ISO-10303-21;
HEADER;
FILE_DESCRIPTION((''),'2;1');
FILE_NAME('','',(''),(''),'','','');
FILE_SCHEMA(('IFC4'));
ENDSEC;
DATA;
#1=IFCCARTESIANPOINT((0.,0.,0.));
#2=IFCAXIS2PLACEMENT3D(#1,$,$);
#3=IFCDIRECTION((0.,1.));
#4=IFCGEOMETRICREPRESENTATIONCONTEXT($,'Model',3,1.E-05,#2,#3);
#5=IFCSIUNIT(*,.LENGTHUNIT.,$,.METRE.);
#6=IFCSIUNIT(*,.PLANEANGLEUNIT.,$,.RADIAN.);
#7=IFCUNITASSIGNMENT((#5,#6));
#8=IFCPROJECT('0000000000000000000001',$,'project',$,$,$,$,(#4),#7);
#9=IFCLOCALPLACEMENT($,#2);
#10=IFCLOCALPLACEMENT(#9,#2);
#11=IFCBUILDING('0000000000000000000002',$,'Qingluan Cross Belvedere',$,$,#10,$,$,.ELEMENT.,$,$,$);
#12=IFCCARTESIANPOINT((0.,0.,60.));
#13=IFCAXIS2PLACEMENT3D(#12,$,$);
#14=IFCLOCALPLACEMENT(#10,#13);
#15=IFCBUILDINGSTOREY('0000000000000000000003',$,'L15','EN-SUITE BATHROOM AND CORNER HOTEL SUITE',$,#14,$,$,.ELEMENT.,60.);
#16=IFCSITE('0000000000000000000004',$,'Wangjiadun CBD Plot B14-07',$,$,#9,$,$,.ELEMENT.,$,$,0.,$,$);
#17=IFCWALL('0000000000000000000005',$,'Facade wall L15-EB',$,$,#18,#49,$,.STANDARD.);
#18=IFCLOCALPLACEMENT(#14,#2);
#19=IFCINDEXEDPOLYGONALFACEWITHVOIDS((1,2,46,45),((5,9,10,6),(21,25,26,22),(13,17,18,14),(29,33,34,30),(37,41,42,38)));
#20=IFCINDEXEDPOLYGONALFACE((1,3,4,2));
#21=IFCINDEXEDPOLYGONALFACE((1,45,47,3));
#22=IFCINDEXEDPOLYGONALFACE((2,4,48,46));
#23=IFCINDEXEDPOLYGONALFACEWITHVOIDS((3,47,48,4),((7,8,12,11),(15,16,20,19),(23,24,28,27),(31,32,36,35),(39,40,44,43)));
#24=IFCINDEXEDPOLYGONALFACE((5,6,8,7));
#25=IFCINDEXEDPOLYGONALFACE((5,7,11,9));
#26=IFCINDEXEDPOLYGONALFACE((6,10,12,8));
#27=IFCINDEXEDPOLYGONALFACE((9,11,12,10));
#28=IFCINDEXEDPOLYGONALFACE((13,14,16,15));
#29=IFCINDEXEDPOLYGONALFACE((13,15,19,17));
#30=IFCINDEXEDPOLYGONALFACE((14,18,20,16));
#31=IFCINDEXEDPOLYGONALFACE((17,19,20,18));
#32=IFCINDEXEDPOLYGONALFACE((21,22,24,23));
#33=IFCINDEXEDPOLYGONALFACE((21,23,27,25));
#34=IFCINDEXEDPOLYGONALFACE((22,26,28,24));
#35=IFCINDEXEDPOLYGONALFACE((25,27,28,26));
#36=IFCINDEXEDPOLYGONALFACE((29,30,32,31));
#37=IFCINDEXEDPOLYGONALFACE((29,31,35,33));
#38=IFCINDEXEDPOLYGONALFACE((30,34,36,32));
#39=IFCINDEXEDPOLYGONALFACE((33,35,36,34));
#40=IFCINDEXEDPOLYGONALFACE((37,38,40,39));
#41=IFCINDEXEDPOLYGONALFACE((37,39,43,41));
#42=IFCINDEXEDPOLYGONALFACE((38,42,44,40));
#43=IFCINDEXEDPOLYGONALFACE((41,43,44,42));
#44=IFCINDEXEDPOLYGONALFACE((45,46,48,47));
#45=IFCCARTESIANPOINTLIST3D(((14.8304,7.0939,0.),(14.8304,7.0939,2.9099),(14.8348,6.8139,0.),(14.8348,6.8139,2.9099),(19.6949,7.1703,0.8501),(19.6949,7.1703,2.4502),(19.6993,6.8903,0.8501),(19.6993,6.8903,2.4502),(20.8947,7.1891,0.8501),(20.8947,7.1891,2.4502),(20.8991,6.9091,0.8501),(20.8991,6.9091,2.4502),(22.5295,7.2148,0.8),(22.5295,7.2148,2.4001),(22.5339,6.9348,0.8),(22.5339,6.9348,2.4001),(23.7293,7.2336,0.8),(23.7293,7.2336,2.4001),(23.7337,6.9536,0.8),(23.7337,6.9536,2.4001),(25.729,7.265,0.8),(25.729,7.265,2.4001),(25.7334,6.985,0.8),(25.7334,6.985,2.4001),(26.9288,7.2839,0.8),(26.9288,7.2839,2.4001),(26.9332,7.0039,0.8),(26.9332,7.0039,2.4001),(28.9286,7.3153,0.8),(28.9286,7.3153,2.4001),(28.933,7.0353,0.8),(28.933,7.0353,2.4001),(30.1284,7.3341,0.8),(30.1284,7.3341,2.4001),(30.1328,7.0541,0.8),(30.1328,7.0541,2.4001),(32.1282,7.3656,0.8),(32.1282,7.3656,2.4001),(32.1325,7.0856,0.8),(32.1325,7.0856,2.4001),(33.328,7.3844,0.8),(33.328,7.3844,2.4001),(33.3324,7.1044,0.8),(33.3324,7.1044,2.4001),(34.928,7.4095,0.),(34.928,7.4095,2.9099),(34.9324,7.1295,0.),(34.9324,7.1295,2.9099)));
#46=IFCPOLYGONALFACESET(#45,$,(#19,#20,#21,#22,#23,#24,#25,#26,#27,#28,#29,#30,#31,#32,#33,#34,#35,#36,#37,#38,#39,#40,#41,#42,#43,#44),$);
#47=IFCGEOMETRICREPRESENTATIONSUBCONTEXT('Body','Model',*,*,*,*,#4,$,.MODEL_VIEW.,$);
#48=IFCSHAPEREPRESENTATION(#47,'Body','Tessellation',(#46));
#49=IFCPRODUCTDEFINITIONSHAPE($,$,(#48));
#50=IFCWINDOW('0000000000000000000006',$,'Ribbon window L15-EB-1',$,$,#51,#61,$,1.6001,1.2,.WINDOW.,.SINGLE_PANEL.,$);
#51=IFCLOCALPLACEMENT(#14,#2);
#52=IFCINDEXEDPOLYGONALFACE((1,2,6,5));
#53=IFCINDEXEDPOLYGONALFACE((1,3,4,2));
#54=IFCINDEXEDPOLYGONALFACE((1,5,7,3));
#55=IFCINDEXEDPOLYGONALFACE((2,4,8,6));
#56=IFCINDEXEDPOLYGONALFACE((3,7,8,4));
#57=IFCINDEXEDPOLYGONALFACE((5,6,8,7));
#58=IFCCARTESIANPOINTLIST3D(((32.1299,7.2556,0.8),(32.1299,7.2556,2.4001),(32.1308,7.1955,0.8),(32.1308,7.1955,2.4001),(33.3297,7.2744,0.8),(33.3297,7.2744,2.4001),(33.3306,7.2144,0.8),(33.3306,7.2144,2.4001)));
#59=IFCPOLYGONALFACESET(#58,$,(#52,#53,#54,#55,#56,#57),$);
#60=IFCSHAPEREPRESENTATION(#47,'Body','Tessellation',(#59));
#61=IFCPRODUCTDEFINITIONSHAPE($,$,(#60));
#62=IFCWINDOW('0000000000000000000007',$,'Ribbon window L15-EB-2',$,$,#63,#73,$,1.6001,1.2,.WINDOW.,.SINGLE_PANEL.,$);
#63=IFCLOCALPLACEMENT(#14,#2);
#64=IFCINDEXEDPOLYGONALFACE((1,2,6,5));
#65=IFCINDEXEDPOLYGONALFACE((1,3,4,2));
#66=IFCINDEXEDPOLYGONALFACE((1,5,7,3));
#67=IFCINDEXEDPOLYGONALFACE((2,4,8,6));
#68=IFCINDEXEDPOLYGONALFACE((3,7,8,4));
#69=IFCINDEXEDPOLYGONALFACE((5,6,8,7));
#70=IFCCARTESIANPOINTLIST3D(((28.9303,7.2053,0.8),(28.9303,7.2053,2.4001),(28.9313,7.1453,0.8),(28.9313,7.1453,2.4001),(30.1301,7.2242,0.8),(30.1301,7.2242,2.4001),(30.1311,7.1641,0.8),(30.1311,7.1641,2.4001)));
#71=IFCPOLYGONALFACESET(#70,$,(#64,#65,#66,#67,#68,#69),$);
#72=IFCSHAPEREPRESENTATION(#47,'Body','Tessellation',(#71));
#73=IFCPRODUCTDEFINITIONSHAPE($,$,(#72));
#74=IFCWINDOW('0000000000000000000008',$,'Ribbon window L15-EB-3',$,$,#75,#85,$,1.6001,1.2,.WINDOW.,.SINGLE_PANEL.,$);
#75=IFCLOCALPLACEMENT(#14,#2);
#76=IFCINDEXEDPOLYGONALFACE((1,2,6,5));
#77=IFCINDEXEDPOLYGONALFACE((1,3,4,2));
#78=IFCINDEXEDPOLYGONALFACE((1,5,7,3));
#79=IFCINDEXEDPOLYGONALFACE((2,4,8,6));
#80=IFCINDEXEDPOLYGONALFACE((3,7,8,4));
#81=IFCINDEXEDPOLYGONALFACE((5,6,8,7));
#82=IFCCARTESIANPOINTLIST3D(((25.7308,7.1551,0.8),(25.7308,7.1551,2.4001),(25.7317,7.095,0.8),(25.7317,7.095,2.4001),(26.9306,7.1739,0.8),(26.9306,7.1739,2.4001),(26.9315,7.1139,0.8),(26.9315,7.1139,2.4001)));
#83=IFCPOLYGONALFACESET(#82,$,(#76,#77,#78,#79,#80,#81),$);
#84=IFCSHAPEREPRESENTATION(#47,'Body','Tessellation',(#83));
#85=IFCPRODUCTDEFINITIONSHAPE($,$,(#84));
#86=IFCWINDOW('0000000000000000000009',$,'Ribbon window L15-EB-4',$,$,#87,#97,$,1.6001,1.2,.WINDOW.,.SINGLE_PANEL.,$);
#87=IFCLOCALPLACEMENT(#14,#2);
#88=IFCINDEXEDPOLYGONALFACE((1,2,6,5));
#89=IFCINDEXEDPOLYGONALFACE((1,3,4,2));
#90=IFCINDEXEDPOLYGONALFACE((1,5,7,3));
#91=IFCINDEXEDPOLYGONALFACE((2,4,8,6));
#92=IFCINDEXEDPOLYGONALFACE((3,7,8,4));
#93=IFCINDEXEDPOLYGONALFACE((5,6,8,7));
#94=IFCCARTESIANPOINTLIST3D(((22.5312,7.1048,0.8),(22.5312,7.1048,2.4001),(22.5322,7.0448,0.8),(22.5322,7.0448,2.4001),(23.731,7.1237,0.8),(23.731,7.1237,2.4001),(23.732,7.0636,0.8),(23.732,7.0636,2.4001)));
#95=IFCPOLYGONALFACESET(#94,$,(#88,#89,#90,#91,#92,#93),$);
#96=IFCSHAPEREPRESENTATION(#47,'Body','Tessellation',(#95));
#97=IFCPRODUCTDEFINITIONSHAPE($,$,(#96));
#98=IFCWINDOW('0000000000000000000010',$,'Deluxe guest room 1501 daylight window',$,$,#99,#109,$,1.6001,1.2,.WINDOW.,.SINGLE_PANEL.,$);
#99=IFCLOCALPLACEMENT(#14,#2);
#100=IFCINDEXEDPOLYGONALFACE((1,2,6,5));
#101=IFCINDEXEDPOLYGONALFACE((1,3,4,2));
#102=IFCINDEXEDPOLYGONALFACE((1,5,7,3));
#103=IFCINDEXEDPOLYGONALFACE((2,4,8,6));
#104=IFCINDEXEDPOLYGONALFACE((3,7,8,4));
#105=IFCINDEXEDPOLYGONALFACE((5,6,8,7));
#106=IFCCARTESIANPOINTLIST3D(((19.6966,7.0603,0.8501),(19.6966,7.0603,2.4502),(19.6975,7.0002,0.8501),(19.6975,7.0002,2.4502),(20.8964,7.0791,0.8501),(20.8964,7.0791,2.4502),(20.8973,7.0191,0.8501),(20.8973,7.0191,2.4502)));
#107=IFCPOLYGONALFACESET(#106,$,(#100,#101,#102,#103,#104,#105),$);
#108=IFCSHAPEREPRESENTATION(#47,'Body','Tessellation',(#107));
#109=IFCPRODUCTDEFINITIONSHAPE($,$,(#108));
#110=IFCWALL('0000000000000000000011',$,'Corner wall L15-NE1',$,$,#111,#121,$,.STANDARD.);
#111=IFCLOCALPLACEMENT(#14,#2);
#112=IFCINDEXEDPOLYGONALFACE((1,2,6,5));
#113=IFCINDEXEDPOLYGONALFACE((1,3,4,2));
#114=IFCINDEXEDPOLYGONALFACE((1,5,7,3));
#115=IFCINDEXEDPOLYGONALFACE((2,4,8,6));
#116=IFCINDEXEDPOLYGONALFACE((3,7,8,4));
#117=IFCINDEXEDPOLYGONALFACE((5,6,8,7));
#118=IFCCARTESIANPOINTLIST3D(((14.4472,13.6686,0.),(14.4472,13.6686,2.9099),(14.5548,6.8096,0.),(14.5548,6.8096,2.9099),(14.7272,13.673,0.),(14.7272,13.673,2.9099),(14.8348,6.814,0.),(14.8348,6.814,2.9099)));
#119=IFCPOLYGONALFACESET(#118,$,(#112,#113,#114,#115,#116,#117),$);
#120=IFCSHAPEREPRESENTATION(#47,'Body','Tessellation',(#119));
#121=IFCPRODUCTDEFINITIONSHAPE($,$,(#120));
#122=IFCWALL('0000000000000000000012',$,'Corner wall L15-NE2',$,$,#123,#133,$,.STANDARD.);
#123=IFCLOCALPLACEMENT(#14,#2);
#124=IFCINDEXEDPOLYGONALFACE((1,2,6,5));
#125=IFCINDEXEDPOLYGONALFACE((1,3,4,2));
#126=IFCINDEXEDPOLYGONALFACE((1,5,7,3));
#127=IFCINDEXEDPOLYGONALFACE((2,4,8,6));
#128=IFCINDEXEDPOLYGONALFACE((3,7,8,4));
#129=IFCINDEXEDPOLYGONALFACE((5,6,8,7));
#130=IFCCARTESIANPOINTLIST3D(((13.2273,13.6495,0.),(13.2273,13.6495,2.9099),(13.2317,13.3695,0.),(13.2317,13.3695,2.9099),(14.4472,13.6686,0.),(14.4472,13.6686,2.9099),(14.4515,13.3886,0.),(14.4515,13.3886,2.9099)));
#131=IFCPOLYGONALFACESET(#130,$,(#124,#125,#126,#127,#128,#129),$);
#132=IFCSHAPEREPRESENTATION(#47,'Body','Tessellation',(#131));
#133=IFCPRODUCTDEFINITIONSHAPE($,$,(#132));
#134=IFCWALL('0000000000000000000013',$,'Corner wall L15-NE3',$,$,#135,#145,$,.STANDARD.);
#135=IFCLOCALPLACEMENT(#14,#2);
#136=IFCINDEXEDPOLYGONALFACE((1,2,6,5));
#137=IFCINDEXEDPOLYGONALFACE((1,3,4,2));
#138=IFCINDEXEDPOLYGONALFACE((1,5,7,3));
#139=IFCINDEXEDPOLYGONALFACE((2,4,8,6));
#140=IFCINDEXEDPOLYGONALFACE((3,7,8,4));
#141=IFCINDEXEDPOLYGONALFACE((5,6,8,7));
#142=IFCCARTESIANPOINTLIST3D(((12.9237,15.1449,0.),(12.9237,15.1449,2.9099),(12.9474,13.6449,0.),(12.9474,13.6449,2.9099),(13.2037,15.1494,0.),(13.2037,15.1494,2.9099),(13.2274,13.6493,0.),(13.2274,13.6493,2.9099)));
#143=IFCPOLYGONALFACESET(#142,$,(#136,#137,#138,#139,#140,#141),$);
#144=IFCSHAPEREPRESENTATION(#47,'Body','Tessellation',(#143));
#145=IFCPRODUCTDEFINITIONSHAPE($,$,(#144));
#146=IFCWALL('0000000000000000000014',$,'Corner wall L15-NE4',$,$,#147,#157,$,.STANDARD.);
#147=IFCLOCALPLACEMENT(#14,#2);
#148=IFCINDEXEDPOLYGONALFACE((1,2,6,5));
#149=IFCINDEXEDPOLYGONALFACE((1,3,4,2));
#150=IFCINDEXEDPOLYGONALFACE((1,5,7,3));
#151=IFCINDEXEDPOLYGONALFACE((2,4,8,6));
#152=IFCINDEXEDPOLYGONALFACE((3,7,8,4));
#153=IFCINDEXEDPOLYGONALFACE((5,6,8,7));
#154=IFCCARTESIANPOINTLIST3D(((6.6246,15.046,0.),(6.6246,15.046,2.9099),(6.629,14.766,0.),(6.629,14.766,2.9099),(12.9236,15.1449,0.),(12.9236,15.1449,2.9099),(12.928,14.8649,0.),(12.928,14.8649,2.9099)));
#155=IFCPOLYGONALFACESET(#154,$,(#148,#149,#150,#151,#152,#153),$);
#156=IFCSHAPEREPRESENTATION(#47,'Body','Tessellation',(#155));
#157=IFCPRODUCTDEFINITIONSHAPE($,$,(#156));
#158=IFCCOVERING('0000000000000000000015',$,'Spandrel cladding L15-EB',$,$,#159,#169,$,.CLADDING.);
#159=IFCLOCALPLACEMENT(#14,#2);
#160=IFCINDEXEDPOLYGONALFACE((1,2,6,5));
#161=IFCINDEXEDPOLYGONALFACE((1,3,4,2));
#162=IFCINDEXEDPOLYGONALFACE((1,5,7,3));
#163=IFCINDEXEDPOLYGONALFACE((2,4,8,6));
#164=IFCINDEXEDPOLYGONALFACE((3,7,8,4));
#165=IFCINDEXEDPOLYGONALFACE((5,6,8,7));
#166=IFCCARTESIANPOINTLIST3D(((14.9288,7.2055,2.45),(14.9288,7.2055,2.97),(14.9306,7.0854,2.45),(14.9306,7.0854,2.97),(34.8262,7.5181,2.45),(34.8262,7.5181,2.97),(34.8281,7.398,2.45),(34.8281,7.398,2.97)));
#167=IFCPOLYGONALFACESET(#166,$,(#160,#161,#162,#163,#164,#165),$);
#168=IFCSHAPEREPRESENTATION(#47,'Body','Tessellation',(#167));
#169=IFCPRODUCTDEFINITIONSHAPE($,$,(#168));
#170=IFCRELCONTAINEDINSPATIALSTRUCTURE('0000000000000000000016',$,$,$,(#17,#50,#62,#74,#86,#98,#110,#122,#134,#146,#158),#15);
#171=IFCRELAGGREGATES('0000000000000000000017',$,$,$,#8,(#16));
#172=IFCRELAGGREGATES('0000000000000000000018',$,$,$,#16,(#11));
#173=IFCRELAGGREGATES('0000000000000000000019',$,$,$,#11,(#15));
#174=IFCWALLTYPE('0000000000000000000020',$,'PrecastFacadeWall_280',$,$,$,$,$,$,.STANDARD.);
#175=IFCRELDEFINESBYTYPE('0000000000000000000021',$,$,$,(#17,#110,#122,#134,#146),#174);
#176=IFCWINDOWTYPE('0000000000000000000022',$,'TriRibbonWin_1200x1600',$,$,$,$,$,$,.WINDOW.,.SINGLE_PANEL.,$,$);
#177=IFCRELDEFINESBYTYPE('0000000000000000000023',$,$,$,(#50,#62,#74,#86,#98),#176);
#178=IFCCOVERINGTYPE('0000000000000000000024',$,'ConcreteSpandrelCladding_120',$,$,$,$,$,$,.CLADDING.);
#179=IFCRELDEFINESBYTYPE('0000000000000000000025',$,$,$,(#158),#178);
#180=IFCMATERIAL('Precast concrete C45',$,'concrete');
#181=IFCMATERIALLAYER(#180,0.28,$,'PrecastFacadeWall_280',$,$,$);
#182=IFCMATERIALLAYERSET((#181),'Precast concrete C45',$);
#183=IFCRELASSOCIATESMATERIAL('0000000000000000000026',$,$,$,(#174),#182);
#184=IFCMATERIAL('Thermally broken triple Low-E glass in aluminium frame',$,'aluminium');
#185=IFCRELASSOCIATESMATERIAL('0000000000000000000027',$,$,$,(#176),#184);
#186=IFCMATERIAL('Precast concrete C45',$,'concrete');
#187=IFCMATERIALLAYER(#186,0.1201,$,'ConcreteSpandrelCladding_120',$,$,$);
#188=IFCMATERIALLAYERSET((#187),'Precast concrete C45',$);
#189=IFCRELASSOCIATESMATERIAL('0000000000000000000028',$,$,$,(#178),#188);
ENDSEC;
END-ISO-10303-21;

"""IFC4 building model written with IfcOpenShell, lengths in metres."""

from ifc_helpers import new_model, si_unit, direction, frame, frame_2d, origin, origin_2d, place, context, subcontext, project, spatial, rectangle, extrude, material, layer, layer_set, type_object, element, fill, save


model = new_model("IFC4")

# Units and contexts
model_context = context("Model", 3, precision=1e-05, world=origin(), true_north=direction((0.0, 1.0)))
body_context = subcontext(model_context, "Body", "Model", "MODEL_VIEW")
ifc_project = project(units=[si_unit("LENGTHUNIT", "METRE"), si_unit("PLANEANGLEUNIT", "RADIAN")], contexts=[model_context])

# Site, building, storey
site_placement = place(None, origin())
site = spatial("IfcSite", under=ifc_project, at=site_placement, Name="Wangjiadun CBD Plot B14-07", CompositionType="ELEMENT", RefElevation=0.0)
building_placement = place(site_placement, origin())
building = spatial("IfcBuilding", under=site, at=building_placement, Name="Qingluan Cross Belvedere", CompositionType="ELEMENT")
storey_placement = place(building_placement, frame((0.0, 0.0, 60.0)))
storey = spatial("IfcBuildingStorey", under=building, at=storey_placement, Name="L15", Description="EN-SUITE BATHROOM AND CORNER HOTEL SUITE", CompositionType="ELEMENT", Elevation=60.0)

# Wall, openings, windows
ifc_material_1 = material(Name="Precast concrete C45", Category="concrete")
ifc_layer_1 = layer(ifc_material_1, 0.28, Name="PrecastFacadeWall_280")
ifc_layer_set_1 = layer_set([ifc_layer_1], Name="Precast concrete C45")
wall_type = type_object("IfcWallType", Name="PrecastFacadeWall_280", PredefinedType="STANDARD", material=ifc_layer_set_1)
wall_1_placement = place(storey_placement, frame((34.9302, 7.2695, 0.0), z_axis=(0.0, 0.0, 1.0), x_axis=(-0.999877, -0.015705, 0.0)))
wall_1 = element("IfcWall", 1, at=wall_1_placement, inside=storey, type_object=wall_type, Name="Facade wall L15-EB", PredefinedType="STANDARD", context=body_context, shape_type="SweptSolid", body=[
    extrude(rectangle(XDim=20.1001, YDim=0.28, at=frame_2d((10.05, 0.0))), origin(), (0.0, 0.0, 1.0), 2.9099),
])
opening_1_placement = place(wall_1_placement, frame((1.6001, 0.0, 0.8)))
opening_1 = element("IfcOpeningElement", 2, at=opening_1_placement, cuts=wall_1, PredefinedType="OPENING", context=body_context, shape_type="SweptSolid", body=[
    extrude(rectangle(XDim=1.2, YDim=1.6001, at=frame_2d((0.6001, 0.8))), frame((0.0, 0.1499, 0.0), z_axis=(0.0, -1.0, 0.0), x_axis=(1.0, 0.0, 0.0)), (0.0, 0.0, 1.0), 0.3),
])
opening_2_placement = place(wall_1_placement, frame((4.8, 0.0, 0.8)))
opening_2 = element("IfcOpeningElement", 3, at=opening_2_placement, cuts=wall_1, PredefinedType="OPENING", context=body_context, shape_type="SweptSolid", body=[
    extrude(rectangle(XDim=1.2, YDim=1.6001, at=frame_2d((0.6001, 0.8))), frame((0.0, 0.1499, 0.0), z_axis=(0.0, -1.0, 0.0), x_axis=(1.0, 0.0, 0.0)), (0.0, 0.0, 1.0), 0.3),
])
opening_3_placement = place(wall_1_placement, frame((8.0, 0.0, 0.8)))
opening_3 = element("IfcOpeningElement", 4, at=opening_3_placement, cuts=wall_1, PredefinedType="OPENING", context=body_context, shape_type="SweptSolid", body=[
    extrude(rectangle(XDim=1.2, YDim=1.6001, at=frame_2d((0.6001, 0.8))), frame((0.0, 0.1499, 0.0), z_axis=(0.0, -1.0, 0.0), x_axis=(1.0, 0.0, 0.0)), (0.0, 0.0, 1.0), 0.3),
])
opening_4_placement = place(wall_1_placement, frame((11.2, 0.0, 0.8)))
opening_4 = element("IfcOpeningElement", 5, at=opening_4_placement, cuts=wall_1, PredefinedType="OPENING", context=body_context, shape_type="SweptSolid", body=[
    extrude(rectangle(XDim=1.2, YDim=1.6001, at=frame_2d((0.6001, 0.8))), frame((0.0, 0.1499, 0.0), z_axis=(0.0, -1.0, 0.0), x_axis=(1.0, 0.0, 0.0)), (0.0, 0.0, 1.0), 0.3),
])
opening_5_placement = place(wall_1_placement, frame((14.0349, 0.0, 0.8501)))
opening_5 = element("IfcOpeningElement", 6, at=opening_5_placement, cuts=wall_1, PredefinedType="OPENING", context=body_context, shape_type="SweptSolid", body=[
    extrude(rectangle(XDim=1.2, YDim=1.6001, at=frame_2d((0.6001, 0.8))), frame((0.0, 0.1499, 0.0), z_axis=(0.0, -1.0, 0.0), x_axis=(1.0, 0.0, 0.0)), (0.0, 0.0, 1.0), 0.3),
])
ifc_material_2 = material(Name="Thermally broken triple Low-E glass in aluminium frame", Category="aluminium")
window_type = type_object("IfcWindowType", Name="TriRibbonWin_1200x1600", PartitioningType="SINGLE_PANEL", PredefinedType="WINDOW", material=ifc_material_2)
window_1_placement = place(opening_1_placement, origin())
window_1 = element("IfcWindow", 7, at=window_1_placement, inside=storey, type_object=window_type, Name="Ribbon window L15-EB-1", OverallHeight=1.6001, OverallWidth=1.2, PartitioningType="SINGLE_PANEL", PredefinedType="WINDOW", context=body_context, shape_type="SweptSolid", body=[
    extrude(rectangle(XDim=1.2, YDim=1.6001, at=frame_2d((0.6001, 0.8))), frame((0.0, 0.03, 0.0), z_axis=(0.0, -1.0, 0.0), x_axis=(1.0, 0.0, 0.0)), (0.0, 0.0, 1.0), 0.0601),
])
fill(opening_1, window_1)
window_2_placement = place(opening_2_placement, origin())
window_2 = element("IfcWindow", 8, at=window_2_placement, inside=storey, type_object=window_type, Name="Ribbon window L15-EB-2", OverallHeight=1.6001, OverallWidth=1.2, PartitioningType="SINGLE_PANEL", PredefinedType="WINDOW", context=body_context, shape_type="SweptSolid", body=[
    extrude(rectangle(XDim=1.2, YDim=1.6001, at=frame_2d((0.6001, 0.8))), frame((0.0, 0.03, 0.0), z_axis=(0.0, -1.0, 0.0), x_axis=(1.0, 0.0, 0.0)), (0.0, 0.0, 1.0), 0.0601),
])
fill(opening_2, window_2)
window_3_placement = place(opening_3_placement, origin())
window_3 = element("IfcWindow", 9, at=window_3_placement, inside=storey, type_object=window_type, Name="Ribbon window L15-EB-3", OverallHeight=1.6001, OverallWidth=1.2, PartitioningType="SINGLE_PANEL", PredefinedType="WINDOW", context=body_context, shape_type="SweptSolid", body=[
    extrude(rectangle(XDim=1.2, YDim=1.6001, at=frame_2d((0.6001, 0.8))), frame((0.0, 0.03, 0.0), z_axis=(0.0, -1.0, 0.0), x_axis=(1.0, 0.0, 0.0)), (0.0, 0.0, 1.0), 0.0601),
])
fill(opening_3, window_3)
window_4_placement = place(opening_4_placement, origin())
window_4 = element("IfcWindow", 10, at=window_4_placement, inside=storey, type_object=window_type, Name="Ribbon window L15-EB-4", OverallHeight=1.6001, OverallWidth=1.2, PartitioningType="SINGLE_PANEL", PredefinedType="WINDOW", context=body_context, shape_type="SweptSolid", body=[
    extrude(rectangle(XDim=1.2, YDim=1.6001, at=frame_2d((0.6001, 0.8))), frame((0.0, 0.03, 0.0), z_axis=(0.0, -1.0, 0.0), x_axis=(1.0, 0.0, 0.0)), (0.0, 0.0, 1.0), 0.0601),
])
fill(opening_4, window_4)
window_5_placement = place(opening_5_placement, origin())
window_5 = element("IfcWindow", 11, at=window_5_placement, inside=storey, type_object=window_type, Name="Deluxe guest room 1501 daylight window", OverallHeight=1.6001, OverallWidth=1.2, PartitioningType="SINGLE_PANEL", PredefinedType="WINDOW", context=body_context, shape_type="SweptSolid", body=[
    extrude(rectangle(XDim=1.2, YDim=1.6001, at=frame_2d((0.6001, 0.8))), frame((0.0, 0.03, 0.0), z_axis=(0.0, -1.0, 0.0), x_axis=(1.0, 0.0, 0.0)), (0.0, 0.0, 1.0), 0.0601),
])
fill(opening_5, window_5)

# Walls
wall_2_placement = place(storey_placement, frame((14.6948, 6.8118, 0.0), z_axis=(0.0, 0.0, 1.0), x_axis=(-0.015695, 0.999877, 0.0)))
element("IfcWall", 12, at=wall_2_placement, inside=storey, type_object=wall_type, Name="Corner wall L15-NE1", PredefinedType="STANDARD", context=body_context, shape_type="SweptSolid", body=[
    extrude(rectangle(XDim=6.8599, YDim=0.28, at=frame_2d((3.4299, 0.0))), origin(), (0.0, 0.0, 1.0), 2.9099),
])
wall_3_placement = place(storey_placement, frame((14.4492, 13.5286, 0.0), z_axis=(0.0, 0.0, 1.0), x_axis=(-0.999878, -0.015611, 0.0)))
element("IfcWall", 13, at=wall_3_placement, inside=storey, type_object=wall_type, Name="Corner wall L15-NE2", PredefinedType="STANDARD", context=body_context, shape_type="SweptSolid", body=[
    extrude(rectangle(XDim=1.22, YDim=0.28, at=frame_2d((0.6099, 0.0))), origin(), (0.0, 0.0, 1.0), 2.9099),
])
wall_4_placement = place(storey_placement, frame((13.0874, 13.6472, 0.0), z_axis=(0.0, 0.0, 1.0), x_axis=(-0.015786, 0.999875, 0.0)))
element("IfcWall", 14, at=wall_4_placement, inside=storey, type_object=wall_type, Name="Corner wall L15-NE3", PredefinedType="STANDARD", context=body_context, shape_type="SweptSolid", body=[
    extrude(rectangle(XDim=1.5002, YDim=0.28, at=frame_2d((0.75, 0.0))), origin(), (0.0, 0.0, 1.0), 2.9099),
])
wall_5_placement = place(storey_placement, frame((12.9258, 15.0049, 0.0), z_axis=(0.0, 0.0, 1.0), x_axis=(-0.999877, -0.015695, 0.0)))
element("IfcWall", 15, at=wall_5_placement, inside=storey, type_object=wall_type, Name="Corner wall L15-NE4", PredefinedType="STANDARD", context=body_context, shape_type="SweptSolid", body=[
    extrude(rectangle(XDim=6.2998, YDim=0.28, at=frame_2d((3.1499, 0.0))), origin(), (0.0, 0.0, 1.0), 2.9099),
])

# Covering
ifc_material_3 = material(Name="Precast concrete C45", Category="concrete")
ifc_layer_2 = layer(ifc_material_3, 0.1201, Name="ConcreteSpandrelCladding_120")
ifc_layer_set_2 = layer_set([ifc_layer_2], Name="Precast concrete C45")
covering_type = type_object("IfcCoveringType", Name="ConcreteSpandrelCladding_120", PredefinedType="CLADDING", material=ifc_layer_set_2)
covering_1_placement = place(storey_placement, frame((24.8784, 7.3018, 2.45), z_axis=(0.0, 0.0, 1.0), x_axis=(-0.999877, -0.015711, 0.0)))
element("IfcCovering", 16, at=covering_1_placement, inside=storey, type_object=covering_type, Name="Spandrel cladding L15-EB", PredefinedType="CLADDING", context=body_context, shape_type="SweptSolid", body=[
    extrude(rectangle(XDim=19.8999, YDim=0.1201, at=origin_2d()), origin(), (0.0, 0.0, 1.0), 0.52),
])

save(model, "model.ifc")
